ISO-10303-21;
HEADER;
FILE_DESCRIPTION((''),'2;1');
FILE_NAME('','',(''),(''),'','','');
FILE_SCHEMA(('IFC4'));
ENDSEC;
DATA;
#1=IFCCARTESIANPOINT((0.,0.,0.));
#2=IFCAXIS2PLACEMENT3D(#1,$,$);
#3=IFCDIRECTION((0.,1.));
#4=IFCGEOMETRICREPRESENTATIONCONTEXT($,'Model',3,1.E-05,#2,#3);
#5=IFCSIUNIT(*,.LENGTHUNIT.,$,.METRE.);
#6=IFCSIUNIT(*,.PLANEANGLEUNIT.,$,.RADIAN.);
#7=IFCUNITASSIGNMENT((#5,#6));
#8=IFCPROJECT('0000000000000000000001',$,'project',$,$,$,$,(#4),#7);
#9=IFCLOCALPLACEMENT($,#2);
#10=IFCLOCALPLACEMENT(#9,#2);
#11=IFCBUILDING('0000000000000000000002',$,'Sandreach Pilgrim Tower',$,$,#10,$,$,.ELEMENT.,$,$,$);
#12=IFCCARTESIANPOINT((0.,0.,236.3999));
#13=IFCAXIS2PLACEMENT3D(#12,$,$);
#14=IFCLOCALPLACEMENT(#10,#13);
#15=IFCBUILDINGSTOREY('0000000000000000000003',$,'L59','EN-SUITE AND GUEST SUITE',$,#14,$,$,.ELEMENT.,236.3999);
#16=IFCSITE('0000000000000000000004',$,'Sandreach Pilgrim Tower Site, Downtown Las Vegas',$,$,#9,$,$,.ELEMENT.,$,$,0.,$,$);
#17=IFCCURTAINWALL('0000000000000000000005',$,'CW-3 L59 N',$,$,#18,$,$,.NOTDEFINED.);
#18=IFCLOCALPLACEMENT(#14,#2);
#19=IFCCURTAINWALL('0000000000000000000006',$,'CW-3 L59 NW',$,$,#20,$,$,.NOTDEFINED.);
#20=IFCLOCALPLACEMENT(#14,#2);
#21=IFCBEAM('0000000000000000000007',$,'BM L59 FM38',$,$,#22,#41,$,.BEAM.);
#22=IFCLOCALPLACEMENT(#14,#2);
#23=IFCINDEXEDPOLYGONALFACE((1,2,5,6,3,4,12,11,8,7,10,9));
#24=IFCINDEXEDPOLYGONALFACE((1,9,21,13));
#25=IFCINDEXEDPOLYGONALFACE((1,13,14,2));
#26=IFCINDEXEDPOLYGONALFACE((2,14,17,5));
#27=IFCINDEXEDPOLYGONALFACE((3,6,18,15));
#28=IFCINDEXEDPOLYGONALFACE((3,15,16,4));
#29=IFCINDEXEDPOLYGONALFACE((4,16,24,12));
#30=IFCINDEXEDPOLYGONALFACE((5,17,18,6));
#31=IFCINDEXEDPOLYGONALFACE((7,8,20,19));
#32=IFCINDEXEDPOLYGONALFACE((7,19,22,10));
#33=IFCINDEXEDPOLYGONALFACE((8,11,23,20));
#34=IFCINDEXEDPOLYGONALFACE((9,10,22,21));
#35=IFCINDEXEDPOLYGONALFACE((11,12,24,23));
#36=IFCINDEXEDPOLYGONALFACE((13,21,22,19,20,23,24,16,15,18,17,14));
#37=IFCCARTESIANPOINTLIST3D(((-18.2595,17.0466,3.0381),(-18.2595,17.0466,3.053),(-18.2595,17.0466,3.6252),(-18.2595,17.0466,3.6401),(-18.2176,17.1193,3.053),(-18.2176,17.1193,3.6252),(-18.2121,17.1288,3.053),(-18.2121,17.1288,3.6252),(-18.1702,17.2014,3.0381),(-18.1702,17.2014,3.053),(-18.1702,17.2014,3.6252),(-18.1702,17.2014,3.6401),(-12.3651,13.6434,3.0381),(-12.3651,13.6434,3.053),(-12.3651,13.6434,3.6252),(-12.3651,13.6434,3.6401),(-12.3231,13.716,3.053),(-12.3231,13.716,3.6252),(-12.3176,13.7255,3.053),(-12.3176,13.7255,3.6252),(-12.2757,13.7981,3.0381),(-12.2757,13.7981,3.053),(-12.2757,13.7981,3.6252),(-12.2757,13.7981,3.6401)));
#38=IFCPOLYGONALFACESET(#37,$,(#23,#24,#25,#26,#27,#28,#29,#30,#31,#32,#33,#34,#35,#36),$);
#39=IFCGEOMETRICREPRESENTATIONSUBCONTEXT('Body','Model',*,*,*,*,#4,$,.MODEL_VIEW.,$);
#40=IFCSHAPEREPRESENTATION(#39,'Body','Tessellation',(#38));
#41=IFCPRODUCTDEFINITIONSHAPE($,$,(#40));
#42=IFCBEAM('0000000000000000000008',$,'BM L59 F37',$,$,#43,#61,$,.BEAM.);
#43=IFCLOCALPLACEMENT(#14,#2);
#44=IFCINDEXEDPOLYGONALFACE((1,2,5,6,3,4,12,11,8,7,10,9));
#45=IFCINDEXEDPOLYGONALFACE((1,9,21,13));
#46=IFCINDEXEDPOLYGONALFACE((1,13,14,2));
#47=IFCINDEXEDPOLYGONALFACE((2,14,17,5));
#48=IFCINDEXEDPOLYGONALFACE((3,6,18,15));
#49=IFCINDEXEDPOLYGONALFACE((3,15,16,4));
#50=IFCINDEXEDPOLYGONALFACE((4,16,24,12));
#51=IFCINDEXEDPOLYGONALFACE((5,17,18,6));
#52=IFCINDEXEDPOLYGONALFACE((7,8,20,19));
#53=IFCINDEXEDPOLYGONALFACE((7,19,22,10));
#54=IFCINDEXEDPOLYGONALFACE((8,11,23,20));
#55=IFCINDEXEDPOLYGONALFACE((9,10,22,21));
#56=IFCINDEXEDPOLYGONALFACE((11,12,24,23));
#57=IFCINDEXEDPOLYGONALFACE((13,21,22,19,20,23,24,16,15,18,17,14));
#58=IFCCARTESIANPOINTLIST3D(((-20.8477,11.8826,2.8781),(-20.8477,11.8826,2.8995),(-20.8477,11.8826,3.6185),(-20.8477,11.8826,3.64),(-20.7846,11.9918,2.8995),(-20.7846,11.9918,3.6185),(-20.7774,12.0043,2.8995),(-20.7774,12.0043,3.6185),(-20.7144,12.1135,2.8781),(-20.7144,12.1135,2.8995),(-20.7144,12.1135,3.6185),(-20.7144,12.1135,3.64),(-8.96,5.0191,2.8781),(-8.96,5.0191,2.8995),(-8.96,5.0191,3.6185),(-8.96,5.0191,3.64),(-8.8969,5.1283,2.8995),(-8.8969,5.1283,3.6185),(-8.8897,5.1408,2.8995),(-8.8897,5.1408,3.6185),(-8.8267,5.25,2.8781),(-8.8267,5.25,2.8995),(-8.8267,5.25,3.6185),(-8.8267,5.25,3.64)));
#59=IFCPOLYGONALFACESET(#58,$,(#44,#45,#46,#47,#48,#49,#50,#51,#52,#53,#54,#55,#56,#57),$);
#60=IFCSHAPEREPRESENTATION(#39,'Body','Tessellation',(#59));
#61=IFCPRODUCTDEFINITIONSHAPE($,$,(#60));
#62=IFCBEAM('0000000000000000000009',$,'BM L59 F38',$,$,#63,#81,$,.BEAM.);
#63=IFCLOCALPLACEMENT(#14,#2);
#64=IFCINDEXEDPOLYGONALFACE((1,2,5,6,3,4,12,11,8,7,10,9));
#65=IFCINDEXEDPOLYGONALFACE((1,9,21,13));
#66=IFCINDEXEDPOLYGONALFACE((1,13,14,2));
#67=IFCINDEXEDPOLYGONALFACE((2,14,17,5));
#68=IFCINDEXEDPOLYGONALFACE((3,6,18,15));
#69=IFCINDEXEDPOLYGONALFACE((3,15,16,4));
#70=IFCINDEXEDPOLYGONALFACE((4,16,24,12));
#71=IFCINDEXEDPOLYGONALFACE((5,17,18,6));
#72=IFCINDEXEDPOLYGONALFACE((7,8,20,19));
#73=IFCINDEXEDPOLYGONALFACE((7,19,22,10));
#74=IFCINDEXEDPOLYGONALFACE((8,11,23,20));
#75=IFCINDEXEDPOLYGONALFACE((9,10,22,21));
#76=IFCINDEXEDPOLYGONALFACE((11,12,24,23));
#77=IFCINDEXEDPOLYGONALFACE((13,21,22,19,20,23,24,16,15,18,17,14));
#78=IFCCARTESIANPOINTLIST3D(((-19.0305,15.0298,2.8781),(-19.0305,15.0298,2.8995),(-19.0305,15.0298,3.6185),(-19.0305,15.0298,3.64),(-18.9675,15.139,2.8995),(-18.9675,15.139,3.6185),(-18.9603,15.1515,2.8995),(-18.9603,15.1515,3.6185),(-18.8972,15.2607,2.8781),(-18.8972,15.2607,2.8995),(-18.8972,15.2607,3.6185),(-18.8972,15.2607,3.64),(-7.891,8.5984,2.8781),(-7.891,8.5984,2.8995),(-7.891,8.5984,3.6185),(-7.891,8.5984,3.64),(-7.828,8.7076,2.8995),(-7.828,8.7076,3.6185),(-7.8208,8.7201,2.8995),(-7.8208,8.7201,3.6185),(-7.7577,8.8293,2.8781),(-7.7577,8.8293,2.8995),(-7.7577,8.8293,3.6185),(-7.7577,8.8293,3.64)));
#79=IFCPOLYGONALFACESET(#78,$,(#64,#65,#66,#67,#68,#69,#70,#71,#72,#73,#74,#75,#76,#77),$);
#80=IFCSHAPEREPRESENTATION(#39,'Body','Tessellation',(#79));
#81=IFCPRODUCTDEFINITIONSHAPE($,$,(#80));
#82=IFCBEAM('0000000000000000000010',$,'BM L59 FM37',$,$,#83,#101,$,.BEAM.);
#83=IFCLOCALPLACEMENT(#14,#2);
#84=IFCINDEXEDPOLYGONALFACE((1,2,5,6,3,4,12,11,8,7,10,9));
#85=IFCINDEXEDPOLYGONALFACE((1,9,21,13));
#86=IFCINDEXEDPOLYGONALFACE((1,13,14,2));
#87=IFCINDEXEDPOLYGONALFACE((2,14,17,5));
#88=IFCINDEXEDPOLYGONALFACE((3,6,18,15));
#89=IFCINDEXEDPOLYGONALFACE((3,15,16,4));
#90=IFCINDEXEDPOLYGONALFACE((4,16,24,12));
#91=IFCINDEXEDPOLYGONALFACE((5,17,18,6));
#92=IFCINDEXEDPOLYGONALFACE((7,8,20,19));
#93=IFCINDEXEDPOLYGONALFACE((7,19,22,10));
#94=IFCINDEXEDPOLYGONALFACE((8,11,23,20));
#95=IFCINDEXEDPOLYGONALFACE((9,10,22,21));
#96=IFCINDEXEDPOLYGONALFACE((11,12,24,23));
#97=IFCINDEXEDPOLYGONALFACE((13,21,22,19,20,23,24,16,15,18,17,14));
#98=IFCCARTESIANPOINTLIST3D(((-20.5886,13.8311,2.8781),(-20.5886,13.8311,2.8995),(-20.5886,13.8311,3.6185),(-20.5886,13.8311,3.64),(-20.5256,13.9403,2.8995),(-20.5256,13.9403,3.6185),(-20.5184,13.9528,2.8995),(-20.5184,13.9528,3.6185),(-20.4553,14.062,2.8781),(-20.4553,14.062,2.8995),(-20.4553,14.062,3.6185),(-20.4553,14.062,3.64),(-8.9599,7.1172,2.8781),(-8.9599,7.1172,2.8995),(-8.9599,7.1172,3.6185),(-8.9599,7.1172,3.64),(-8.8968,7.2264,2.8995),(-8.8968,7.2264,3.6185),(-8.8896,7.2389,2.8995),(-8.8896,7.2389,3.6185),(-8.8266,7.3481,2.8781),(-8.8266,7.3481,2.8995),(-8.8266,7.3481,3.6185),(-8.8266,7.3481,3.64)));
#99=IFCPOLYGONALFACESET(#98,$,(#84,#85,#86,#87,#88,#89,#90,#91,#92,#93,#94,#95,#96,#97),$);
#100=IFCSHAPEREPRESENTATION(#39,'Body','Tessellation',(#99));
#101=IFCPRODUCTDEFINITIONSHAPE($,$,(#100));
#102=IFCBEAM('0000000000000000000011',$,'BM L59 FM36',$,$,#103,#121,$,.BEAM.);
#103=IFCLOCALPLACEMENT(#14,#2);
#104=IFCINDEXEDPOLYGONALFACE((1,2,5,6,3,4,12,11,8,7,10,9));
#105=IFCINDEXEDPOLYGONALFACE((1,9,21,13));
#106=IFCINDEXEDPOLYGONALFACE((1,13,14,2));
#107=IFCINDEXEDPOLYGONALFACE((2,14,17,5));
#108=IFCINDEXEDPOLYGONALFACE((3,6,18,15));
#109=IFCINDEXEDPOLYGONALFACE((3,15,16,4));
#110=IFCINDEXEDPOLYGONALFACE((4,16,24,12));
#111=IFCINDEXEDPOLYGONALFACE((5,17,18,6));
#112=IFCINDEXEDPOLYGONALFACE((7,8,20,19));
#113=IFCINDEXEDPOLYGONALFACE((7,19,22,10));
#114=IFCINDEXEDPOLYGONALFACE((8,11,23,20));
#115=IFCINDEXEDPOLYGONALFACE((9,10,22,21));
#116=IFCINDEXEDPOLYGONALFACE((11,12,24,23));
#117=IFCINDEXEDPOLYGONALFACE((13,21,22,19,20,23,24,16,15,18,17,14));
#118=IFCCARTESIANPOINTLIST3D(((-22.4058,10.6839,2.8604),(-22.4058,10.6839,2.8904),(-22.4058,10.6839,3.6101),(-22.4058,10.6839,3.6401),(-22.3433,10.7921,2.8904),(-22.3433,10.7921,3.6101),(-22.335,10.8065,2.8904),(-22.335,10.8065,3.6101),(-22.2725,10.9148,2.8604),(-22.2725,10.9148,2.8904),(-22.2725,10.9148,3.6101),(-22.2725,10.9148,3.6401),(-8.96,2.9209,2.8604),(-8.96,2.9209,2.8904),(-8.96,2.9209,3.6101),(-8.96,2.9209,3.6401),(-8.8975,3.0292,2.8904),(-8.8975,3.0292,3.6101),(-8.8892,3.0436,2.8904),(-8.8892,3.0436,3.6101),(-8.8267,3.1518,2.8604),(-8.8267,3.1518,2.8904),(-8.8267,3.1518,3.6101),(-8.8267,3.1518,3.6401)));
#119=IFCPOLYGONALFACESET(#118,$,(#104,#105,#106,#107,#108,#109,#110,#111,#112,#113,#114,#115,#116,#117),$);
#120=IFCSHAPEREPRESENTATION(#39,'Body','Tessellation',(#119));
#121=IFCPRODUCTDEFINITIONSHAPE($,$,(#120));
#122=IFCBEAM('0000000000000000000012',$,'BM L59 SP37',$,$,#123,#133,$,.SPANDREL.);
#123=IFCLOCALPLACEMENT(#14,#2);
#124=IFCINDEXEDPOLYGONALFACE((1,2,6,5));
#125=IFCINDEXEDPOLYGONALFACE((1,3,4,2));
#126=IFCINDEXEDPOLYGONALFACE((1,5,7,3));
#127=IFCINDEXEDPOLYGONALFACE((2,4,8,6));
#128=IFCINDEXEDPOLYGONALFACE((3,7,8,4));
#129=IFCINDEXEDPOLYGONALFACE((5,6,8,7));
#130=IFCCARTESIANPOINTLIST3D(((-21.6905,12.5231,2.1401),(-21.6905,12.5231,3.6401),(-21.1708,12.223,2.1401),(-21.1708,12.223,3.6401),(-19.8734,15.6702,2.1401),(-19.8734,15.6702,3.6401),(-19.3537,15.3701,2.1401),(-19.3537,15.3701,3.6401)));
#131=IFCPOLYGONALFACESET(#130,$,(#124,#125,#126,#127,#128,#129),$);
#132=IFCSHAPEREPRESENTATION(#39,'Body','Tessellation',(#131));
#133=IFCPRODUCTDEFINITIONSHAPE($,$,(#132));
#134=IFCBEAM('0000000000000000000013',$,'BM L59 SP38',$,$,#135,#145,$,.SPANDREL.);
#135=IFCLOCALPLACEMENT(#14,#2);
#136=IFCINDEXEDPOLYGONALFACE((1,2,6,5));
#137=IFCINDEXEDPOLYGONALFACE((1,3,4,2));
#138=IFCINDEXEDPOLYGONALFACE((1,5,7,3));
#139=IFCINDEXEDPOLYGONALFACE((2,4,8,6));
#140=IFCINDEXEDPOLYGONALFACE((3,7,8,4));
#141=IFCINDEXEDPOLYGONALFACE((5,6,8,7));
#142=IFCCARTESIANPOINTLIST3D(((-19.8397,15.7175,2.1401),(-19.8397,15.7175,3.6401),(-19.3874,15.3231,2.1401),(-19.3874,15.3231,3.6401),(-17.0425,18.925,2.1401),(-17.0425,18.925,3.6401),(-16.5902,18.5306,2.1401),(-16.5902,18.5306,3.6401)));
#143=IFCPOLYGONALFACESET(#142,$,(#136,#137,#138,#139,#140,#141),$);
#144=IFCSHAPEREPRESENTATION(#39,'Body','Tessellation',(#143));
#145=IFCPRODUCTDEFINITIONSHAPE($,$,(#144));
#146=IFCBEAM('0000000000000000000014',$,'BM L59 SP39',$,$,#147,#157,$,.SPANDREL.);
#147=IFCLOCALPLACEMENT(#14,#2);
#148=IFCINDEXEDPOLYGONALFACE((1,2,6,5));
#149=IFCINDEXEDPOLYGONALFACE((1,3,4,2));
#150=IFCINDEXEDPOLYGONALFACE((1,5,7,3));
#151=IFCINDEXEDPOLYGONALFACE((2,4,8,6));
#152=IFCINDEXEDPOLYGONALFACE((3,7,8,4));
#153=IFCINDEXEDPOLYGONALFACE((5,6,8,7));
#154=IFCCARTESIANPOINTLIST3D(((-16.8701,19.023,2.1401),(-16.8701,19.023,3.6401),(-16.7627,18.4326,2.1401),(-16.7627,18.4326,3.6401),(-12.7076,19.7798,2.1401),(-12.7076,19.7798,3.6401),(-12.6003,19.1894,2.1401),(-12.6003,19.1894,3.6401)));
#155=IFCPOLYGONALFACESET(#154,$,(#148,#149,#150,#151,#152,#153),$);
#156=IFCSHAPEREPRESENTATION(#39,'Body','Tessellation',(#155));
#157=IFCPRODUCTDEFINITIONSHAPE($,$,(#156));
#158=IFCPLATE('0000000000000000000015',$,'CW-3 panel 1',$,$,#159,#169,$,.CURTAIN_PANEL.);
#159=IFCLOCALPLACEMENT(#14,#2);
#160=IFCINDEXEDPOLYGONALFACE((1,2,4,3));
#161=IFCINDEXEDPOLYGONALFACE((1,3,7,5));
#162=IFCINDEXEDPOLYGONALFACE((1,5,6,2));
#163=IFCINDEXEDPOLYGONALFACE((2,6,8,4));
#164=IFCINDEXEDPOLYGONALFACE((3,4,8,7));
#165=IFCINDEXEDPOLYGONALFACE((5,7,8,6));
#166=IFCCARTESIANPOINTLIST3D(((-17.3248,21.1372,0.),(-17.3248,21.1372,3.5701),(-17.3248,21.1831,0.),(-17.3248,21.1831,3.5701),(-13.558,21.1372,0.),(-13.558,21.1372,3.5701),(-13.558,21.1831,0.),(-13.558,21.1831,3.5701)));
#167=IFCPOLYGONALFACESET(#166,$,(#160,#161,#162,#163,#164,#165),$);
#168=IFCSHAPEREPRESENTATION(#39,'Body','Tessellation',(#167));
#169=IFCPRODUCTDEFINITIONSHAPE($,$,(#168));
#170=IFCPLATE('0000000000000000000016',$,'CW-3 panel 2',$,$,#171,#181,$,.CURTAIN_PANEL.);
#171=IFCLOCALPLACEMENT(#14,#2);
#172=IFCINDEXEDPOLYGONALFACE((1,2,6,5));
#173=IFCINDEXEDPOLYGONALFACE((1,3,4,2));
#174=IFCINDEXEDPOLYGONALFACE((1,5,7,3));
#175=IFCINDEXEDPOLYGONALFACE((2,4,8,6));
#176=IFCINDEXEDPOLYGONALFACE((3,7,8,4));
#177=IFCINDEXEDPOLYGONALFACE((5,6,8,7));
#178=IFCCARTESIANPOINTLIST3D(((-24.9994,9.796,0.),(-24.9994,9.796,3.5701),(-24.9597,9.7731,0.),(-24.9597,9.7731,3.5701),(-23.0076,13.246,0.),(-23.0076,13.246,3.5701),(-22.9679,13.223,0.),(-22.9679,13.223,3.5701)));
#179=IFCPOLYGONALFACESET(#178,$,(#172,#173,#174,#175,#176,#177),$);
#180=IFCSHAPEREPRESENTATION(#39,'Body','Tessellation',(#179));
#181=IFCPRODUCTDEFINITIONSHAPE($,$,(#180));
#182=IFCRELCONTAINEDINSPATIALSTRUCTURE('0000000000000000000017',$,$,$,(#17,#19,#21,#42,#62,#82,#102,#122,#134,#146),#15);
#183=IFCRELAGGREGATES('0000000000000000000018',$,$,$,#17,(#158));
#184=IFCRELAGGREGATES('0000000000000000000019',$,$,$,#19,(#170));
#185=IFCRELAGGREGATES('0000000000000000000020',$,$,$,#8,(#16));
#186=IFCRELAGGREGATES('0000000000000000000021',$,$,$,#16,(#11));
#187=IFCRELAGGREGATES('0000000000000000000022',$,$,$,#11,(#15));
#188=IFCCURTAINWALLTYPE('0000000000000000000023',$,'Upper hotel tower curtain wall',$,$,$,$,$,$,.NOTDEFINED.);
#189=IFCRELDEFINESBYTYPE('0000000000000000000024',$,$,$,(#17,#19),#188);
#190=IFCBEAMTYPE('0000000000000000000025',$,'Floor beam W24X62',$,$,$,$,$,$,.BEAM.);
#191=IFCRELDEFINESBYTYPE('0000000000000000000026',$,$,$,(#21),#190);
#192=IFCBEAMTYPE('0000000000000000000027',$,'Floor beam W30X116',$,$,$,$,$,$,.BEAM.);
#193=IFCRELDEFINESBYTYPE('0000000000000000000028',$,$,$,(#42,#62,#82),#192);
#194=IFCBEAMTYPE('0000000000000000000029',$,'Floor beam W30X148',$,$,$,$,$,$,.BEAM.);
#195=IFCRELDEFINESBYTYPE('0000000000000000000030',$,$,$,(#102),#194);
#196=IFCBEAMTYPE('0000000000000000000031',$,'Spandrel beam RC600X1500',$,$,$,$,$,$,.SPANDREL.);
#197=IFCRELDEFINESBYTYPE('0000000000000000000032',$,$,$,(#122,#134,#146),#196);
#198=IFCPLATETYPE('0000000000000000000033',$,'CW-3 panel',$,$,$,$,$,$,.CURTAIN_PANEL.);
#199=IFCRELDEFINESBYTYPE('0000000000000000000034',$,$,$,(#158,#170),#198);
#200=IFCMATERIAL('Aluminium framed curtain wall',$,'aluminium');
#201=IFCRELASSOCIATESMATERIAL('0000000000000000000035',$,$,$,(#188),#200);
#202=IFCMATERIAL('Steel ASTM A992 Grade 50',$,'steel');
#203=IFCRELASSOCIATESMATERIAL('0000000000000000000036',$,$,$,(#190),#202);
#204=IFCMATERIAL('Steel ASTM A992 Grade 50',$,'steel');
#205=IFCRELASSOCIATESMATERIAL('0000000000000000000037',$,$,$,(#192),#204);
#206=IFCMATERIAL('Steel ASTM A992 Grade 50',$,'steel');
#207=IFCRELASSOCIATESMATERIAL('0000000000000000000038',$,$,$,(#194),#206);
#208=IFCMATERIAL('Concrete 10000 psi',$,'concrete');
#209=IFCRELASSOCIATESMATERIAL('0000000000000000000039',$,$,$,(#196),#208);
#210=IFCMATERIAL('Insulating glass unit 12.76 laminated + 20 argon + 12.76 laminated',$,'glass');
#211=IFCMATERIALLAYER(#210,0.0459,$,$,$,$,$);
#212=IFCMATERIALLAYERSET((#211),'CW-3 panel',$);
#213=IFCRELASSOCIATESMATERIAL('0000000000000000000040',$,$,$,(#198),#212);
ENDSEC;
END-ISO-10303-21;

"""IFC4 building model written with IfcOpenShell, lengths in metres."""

from ifc_helpers import new_model, si_unit, direction, frame, origin, origin_2d, place, context, subcontext, project, spatial, rectangle, i_section, extrude, material, layer, layer_set, material_profile, profile_set, type_object, element, aggregate, save


model = new_model("IFC4")

# Units and contexts
model_context = context("Model", 3, precision=1e-05, world=origin(), true_north=direction((0.0, 1.0)))
body_context = subcontext(model_context, "Body", "Model", "MODEL_VIEW")
ifc_project = project(units=[si_unit("LENGTHUNIT", "METRE"), si_unit("PLANEANGLEUNIT", "RADIAN")], contexts=[model_context])

# Site, building, storey
site_placement = place(None, origin())
site = spatial("IfcSite", under=ifc_project, at=site_placement, Name="Sandreach Pilgrim Tower Site, Downtown Las Vegas", CompositionType="ELEMENT", RefElevation=0.0)
building_placement = place(site_placement, origin())
building = spatial("IfcBuilding", under=site, at=building_placement, Name="Sandreach Pilgrim Tower", CompositionType="ELEMENT")
storey_placement = place(building_placement, frame((0.0, 0.0, 236.3999)))
storey = spatial("IfcBuildingStorey", under=building, at=storey_placement, Name="L59", Description="EN-SUITE AND GUEST SUITE", CompositionType="ELEMENT", Elevation=236.3999)

# Curtain wall
ifc_material_1 = material(Name="Aluminium framed curtain wall", Category="aluminium")
curtain_wall_type = type_object("IfcCurtainWallType", Name="Upper hotel tower curtain wall", PredefinedType="NOTDEFINED", material=ifc_material_1)
curtain_wall_1_placement = place(storey_placement, origin())
curtain_wall_1 = element("IfcCurtainWall", 1, at=curtain_wall_1_placement, inside=storey, type_object=curtain_wall_type, Name="CW-3 L59 N", PredefinedType="NOTDEFINED")

# Curtain wall
curtain_wall_2_placement = place(storey_placement, origin())
curtain_wall_2 = element("IfcCurtainWall", 2, at=curtain_wall_2_placement, inside=storey, type_object=curtain_wall_type, Name="CW-3 L59 NW", PredefinedType="NOTDEFINED")

# Beams
ifc_material_2 = material(Name="Steel ASTM A992 Grade 50", Category="steel")
ifc_material_profile_1 = material_profile(ifc_material_2, i_section(OverallWidth=0.1787, OverallDepth=0.6021, WebThickness=0.011, FlangeThickness=0.0149, at=origin_2d()), Name="W24X62")
ifc_profile_set_1 = profile_set([ifc_material_profile_1], Name="Steel ASTM A992 Grade 50")
beam_type_1 = type_object("IfcBeamType", Name="Floor beam W24X62", PredefinedType="BEAM", material=ifc_profile_set_1)
beam_1_placement = place(storey_placement, frame((-18.2148, 17.124, 3.3391), z_axis=(0.866018, -0.500012, 0.0), x_axis=(0.500012, 0.866018, 0.0)))
element("IfcBeam", 3, at=beam_1_placement, inside=storey, type_object=beam_type_1, Name="BM L59 FM38", PredefinedType="BEAM", context=body_context, shape_type="SweptSolid", body=[
    extrude(i_section(OverallWidth=0.1787, OverallDepth=0.6021, WebThickness=0.011, FlangeThickness=0.0149, at=origin_2d()), origin(), (0.0, 0.0, 1.0), 6.8064),
])
ifc_material_3 = material(Name="Steel ASTM A992 Grade 50", Category="steel")
ifc_material_profile_2 = material_profile(ifc_material_3, i_section(OverallWidth=0.2666, OverallDepth=0.762, WebThickness=0.0144, FlangeThickness=0.0215, at=origin_2d()), Name="W30X116")
ifc_profile_set_2 = profile_set([ifc_material_profile_2], Name="Steel ASTM A992 Grade 50")
beam_type_2 = type_object("IfcBeamType", Name="Floor beam W30X116", PredefinedType="BEAM", material=ifc_profile_set_2)
beam_2_placement = place(storey_placement, frame((-20.781, 11.998, 3.259), z_axis=(0.86602, -0.500009, 0.0), x_axis=(0.500009, 0.86602, 0.0)))
element("IfcBeam", 4, at=beam_2_placement, inside=storey, type_object=beam_type_2, Name="BM L59 F37", PredefinedType="BEAM", context=body_context, shape_type="SweptSolid", body=[
    extrude(i_section(OverallWidth=0.2666, OverallDepth=0.762, WebThickness=0.0144, FlangeThickness=0.0215, at=origin_2d()), origin(), (0.0, 0.0, 1.0), 13.7268),
])
beam_3_placement = place(storey_placement, frame((-18.9639, 15.1453, 3.259), z_axis=(0.866023, -0.500003, 0.0), x_axis=(0.500003, 0.866023, 0.0)))
element("IfcBeam", 5, at=beam_3_placement, inside=storey, type_object=beam_type_2, Name="BM L59 F38", PredefinedType="BEAM", context=body_context, shape_type="SweptSolid", body=[
    extrude(i_section(OverallWidth=0.2666, OverallDepth=0.762, WebThickness=0.0144, FlangeThickness=0.0215, at=origin_2d()), origin(), (0.0, 0.0, 1.0), 12.8628),
])
beam_4_placement = place(storey_placement, frame((-20.522, 13.9465, 3.259), z_axis=(0.866024, -0.500003, 0.0), x_axis=(0.500003, 0.866024, 0.0)))
element("IfcBeam", 6, at=beam_4_placement, inside=storey, type_object=beam_type_2, Name="BM L59 FM37", PredefinedType="BEAM", context=body_context, shape_type="SweptSolid", body=[
    extrude(i_section(OverallWidth=0.2666, OverallDepth=0.762, WebThickness=0.0144, FlangeThickness=0.0215, at=origin_2d()), origin(), (0.0, 0.0, 1.0), 13.4277),
])
ifc_material_4 = material(Name="Steel ASTM A992 Grade 50", Category="steel")
ifc_material_profile_3 = material_profile(ifc_material_4, i_section(OverallWidth=0.2666, OverallDepth=0.7798, WebThickness=0.0166, FlangeThickness=0.03, at=origin_2d()), Name="W30X148")
ifc_profile_set_3 = profile_set([ifc_material_profile_3], Name="Steel ASTM A992 Grade 50")
beam_type_3 = type_object("IfcBeamType", Name="Floor beam W30X148", PredefinedType="BEAM", material=ifc_profile_set_3)
beam_5_placement = place(storey_placement, frame((-22.3391, 10.7993, 3.2502), z_axis=(0.866025, -0.5, 0.0), x_axis=(0.5, 0.866025, 0.0)))
element("IfcBeam", 7, at=beam_5_placement, inside=storey, type_object=beam_type_3, Name="BM L59 FM36", PredefinedType="BEAM", context=body_context, shape_type="SweptSolid", body=[
    extrude(i_section(OverallWidth=0.2666, OverallDepth=0.7798, WebThickness=0.0166, FlangeThickness=0.03, at=origin_2d()), origin(), (0.0, 0.0, 1.0), 15.5259),
])
ifc_material_5 = material(Name="Concrete 10000 psi", Category="concrete")
ifc_material_profile_4 = material_profile(ifc_material_5, rectangle(XDim=0.6001, YDim=1.5, at=origin_2d()), Name="RC600X1500")
ifc_profile_set_4 = profile_set([ifc_material_profile_4], Name="Concrete 10000 psi")
beam_type_4 = type_object("IfcBeamType", Name="Spandrel beam RC600X1500", PredefinedType="SPANDREL", material=ifc_profile_set_4)
beam_6_placement = place(storey_placement, frame((-21.4307, 12.373, 2.8901), z_axis=(0.500019, 0.866014, 0.0), x_axis=(-0.866014, 0.500019, 0.0)))
element("IfcBeam", 8, at=beam_6_placement, inside=storey, type_object=beam_type_4, Name="BM L59 SP37", PredefinedType="SPANDREL", context=body_context, shape_type="SweptSolid", body=[
    extrude(rectangle(XDim=0.6001, YDim=1.5, at=origin_2d()), origin(), (0.0, 0.0, 1.0), 3.634),
])
beam_7_placement = place(storey_placement, frame((-19.6135, 15.5203, 2.8901), z_axis=(0.657245, 0.753677, 0.0), x_axis=(-0.753677, 0.657245, 0.0)))
element("IfcBeam", 9, at=beam_7_placement, inside=storey, type_object=beam_type_4, Name="BM L59 SP38", PredefinedType="SPANDREL", context=body_context, shape_type="SweptSolid", body=[
    extrude(rectangle(XDim=0.6001, YDim=1.5, at=origin_2d()), origin(), (0.0, 0.0, 1.0), 4.2559),
])
beam_8_placement = place(storey_placement, frame((-16.8164, 18.7278, 2.8901), z_axis=(0.983868, 0.178896, 0.0), x_axis=(-0.178896, 0.983868, 0.0)))
element("IfcBeam", 10, at=beam_8_placement, inside=storey, type_object=beam_type_4, Name="BM L59 SP39", PredefinedType="SPANDREL", context=body_context, shape_type="SweptSolid", body=[
    extrude(rectangle(XDim=0.6001, YDim=1.5, at=origin_2d()), origin(), (0.0, 0.0, 1.0), 4.2307),
])

# Plates
ifc_material_6 = material(Name="Insulating glass unit 12.76 laminated + 20 argon + 12.76 laminated", Category="glass")
ifc_layer_1 = layer(ifc_material_6, 0.0459)
ifc_layer_set_1 = layer_set([ifc_layer_1], Name="CW-3 panel")
plate_type = type_object("IfcPlateType", Name="CW-3 panel", PredefinedType="CURTAIN_PANEL", material=ifc_layer_set_1)
plate_1_placement = place(storey_placement, frame((-15.4414, 21.1602, 0.0), z_axis=(0.0, 0.0, 1.0), x_axis=(1.0, 0.0, 0.0)))
plate_1 = element("IfcPlate", 11, at=plate_1_placement, type_object=plate_type, Name="CW-3 panel 1", PredefinedType="CURTAIN_PANEL", context=body_context, shape_type="SweptSolid", body=[
    extrude(rectangle(XDim=3.7668, YDim=0.0459, at=origin_2d()), origin(), (0.0, 0.0, 1.0), 3.5701),
])
aggregate(curtain_wall_1, [plate_1])
plate_2_placement = place(storey_placement, frame((-23.9836, 11.5095, 0.0), z_axis=(0.0, 0.0, 1.0), x_axis=(0.5, 0.866025, 0.0)))
plate_2 = element("IfcPlate", 12, at=plate_2_placement, type_object=plate_type, Name="CW-3 panel 2", PredefinedType="CURTAIN_PANEL", context=body_context, shape_type="SweptSolid", body=[
    extrude(rectangle(XDim=3.9836, YDim=0.0459, at=origin_2d()), origin(), (0.0, 0.0, 1.0), 3.5701),
])
aggregate(curtain_wall_2, [plate_2])

save(model, "model.ifc")
